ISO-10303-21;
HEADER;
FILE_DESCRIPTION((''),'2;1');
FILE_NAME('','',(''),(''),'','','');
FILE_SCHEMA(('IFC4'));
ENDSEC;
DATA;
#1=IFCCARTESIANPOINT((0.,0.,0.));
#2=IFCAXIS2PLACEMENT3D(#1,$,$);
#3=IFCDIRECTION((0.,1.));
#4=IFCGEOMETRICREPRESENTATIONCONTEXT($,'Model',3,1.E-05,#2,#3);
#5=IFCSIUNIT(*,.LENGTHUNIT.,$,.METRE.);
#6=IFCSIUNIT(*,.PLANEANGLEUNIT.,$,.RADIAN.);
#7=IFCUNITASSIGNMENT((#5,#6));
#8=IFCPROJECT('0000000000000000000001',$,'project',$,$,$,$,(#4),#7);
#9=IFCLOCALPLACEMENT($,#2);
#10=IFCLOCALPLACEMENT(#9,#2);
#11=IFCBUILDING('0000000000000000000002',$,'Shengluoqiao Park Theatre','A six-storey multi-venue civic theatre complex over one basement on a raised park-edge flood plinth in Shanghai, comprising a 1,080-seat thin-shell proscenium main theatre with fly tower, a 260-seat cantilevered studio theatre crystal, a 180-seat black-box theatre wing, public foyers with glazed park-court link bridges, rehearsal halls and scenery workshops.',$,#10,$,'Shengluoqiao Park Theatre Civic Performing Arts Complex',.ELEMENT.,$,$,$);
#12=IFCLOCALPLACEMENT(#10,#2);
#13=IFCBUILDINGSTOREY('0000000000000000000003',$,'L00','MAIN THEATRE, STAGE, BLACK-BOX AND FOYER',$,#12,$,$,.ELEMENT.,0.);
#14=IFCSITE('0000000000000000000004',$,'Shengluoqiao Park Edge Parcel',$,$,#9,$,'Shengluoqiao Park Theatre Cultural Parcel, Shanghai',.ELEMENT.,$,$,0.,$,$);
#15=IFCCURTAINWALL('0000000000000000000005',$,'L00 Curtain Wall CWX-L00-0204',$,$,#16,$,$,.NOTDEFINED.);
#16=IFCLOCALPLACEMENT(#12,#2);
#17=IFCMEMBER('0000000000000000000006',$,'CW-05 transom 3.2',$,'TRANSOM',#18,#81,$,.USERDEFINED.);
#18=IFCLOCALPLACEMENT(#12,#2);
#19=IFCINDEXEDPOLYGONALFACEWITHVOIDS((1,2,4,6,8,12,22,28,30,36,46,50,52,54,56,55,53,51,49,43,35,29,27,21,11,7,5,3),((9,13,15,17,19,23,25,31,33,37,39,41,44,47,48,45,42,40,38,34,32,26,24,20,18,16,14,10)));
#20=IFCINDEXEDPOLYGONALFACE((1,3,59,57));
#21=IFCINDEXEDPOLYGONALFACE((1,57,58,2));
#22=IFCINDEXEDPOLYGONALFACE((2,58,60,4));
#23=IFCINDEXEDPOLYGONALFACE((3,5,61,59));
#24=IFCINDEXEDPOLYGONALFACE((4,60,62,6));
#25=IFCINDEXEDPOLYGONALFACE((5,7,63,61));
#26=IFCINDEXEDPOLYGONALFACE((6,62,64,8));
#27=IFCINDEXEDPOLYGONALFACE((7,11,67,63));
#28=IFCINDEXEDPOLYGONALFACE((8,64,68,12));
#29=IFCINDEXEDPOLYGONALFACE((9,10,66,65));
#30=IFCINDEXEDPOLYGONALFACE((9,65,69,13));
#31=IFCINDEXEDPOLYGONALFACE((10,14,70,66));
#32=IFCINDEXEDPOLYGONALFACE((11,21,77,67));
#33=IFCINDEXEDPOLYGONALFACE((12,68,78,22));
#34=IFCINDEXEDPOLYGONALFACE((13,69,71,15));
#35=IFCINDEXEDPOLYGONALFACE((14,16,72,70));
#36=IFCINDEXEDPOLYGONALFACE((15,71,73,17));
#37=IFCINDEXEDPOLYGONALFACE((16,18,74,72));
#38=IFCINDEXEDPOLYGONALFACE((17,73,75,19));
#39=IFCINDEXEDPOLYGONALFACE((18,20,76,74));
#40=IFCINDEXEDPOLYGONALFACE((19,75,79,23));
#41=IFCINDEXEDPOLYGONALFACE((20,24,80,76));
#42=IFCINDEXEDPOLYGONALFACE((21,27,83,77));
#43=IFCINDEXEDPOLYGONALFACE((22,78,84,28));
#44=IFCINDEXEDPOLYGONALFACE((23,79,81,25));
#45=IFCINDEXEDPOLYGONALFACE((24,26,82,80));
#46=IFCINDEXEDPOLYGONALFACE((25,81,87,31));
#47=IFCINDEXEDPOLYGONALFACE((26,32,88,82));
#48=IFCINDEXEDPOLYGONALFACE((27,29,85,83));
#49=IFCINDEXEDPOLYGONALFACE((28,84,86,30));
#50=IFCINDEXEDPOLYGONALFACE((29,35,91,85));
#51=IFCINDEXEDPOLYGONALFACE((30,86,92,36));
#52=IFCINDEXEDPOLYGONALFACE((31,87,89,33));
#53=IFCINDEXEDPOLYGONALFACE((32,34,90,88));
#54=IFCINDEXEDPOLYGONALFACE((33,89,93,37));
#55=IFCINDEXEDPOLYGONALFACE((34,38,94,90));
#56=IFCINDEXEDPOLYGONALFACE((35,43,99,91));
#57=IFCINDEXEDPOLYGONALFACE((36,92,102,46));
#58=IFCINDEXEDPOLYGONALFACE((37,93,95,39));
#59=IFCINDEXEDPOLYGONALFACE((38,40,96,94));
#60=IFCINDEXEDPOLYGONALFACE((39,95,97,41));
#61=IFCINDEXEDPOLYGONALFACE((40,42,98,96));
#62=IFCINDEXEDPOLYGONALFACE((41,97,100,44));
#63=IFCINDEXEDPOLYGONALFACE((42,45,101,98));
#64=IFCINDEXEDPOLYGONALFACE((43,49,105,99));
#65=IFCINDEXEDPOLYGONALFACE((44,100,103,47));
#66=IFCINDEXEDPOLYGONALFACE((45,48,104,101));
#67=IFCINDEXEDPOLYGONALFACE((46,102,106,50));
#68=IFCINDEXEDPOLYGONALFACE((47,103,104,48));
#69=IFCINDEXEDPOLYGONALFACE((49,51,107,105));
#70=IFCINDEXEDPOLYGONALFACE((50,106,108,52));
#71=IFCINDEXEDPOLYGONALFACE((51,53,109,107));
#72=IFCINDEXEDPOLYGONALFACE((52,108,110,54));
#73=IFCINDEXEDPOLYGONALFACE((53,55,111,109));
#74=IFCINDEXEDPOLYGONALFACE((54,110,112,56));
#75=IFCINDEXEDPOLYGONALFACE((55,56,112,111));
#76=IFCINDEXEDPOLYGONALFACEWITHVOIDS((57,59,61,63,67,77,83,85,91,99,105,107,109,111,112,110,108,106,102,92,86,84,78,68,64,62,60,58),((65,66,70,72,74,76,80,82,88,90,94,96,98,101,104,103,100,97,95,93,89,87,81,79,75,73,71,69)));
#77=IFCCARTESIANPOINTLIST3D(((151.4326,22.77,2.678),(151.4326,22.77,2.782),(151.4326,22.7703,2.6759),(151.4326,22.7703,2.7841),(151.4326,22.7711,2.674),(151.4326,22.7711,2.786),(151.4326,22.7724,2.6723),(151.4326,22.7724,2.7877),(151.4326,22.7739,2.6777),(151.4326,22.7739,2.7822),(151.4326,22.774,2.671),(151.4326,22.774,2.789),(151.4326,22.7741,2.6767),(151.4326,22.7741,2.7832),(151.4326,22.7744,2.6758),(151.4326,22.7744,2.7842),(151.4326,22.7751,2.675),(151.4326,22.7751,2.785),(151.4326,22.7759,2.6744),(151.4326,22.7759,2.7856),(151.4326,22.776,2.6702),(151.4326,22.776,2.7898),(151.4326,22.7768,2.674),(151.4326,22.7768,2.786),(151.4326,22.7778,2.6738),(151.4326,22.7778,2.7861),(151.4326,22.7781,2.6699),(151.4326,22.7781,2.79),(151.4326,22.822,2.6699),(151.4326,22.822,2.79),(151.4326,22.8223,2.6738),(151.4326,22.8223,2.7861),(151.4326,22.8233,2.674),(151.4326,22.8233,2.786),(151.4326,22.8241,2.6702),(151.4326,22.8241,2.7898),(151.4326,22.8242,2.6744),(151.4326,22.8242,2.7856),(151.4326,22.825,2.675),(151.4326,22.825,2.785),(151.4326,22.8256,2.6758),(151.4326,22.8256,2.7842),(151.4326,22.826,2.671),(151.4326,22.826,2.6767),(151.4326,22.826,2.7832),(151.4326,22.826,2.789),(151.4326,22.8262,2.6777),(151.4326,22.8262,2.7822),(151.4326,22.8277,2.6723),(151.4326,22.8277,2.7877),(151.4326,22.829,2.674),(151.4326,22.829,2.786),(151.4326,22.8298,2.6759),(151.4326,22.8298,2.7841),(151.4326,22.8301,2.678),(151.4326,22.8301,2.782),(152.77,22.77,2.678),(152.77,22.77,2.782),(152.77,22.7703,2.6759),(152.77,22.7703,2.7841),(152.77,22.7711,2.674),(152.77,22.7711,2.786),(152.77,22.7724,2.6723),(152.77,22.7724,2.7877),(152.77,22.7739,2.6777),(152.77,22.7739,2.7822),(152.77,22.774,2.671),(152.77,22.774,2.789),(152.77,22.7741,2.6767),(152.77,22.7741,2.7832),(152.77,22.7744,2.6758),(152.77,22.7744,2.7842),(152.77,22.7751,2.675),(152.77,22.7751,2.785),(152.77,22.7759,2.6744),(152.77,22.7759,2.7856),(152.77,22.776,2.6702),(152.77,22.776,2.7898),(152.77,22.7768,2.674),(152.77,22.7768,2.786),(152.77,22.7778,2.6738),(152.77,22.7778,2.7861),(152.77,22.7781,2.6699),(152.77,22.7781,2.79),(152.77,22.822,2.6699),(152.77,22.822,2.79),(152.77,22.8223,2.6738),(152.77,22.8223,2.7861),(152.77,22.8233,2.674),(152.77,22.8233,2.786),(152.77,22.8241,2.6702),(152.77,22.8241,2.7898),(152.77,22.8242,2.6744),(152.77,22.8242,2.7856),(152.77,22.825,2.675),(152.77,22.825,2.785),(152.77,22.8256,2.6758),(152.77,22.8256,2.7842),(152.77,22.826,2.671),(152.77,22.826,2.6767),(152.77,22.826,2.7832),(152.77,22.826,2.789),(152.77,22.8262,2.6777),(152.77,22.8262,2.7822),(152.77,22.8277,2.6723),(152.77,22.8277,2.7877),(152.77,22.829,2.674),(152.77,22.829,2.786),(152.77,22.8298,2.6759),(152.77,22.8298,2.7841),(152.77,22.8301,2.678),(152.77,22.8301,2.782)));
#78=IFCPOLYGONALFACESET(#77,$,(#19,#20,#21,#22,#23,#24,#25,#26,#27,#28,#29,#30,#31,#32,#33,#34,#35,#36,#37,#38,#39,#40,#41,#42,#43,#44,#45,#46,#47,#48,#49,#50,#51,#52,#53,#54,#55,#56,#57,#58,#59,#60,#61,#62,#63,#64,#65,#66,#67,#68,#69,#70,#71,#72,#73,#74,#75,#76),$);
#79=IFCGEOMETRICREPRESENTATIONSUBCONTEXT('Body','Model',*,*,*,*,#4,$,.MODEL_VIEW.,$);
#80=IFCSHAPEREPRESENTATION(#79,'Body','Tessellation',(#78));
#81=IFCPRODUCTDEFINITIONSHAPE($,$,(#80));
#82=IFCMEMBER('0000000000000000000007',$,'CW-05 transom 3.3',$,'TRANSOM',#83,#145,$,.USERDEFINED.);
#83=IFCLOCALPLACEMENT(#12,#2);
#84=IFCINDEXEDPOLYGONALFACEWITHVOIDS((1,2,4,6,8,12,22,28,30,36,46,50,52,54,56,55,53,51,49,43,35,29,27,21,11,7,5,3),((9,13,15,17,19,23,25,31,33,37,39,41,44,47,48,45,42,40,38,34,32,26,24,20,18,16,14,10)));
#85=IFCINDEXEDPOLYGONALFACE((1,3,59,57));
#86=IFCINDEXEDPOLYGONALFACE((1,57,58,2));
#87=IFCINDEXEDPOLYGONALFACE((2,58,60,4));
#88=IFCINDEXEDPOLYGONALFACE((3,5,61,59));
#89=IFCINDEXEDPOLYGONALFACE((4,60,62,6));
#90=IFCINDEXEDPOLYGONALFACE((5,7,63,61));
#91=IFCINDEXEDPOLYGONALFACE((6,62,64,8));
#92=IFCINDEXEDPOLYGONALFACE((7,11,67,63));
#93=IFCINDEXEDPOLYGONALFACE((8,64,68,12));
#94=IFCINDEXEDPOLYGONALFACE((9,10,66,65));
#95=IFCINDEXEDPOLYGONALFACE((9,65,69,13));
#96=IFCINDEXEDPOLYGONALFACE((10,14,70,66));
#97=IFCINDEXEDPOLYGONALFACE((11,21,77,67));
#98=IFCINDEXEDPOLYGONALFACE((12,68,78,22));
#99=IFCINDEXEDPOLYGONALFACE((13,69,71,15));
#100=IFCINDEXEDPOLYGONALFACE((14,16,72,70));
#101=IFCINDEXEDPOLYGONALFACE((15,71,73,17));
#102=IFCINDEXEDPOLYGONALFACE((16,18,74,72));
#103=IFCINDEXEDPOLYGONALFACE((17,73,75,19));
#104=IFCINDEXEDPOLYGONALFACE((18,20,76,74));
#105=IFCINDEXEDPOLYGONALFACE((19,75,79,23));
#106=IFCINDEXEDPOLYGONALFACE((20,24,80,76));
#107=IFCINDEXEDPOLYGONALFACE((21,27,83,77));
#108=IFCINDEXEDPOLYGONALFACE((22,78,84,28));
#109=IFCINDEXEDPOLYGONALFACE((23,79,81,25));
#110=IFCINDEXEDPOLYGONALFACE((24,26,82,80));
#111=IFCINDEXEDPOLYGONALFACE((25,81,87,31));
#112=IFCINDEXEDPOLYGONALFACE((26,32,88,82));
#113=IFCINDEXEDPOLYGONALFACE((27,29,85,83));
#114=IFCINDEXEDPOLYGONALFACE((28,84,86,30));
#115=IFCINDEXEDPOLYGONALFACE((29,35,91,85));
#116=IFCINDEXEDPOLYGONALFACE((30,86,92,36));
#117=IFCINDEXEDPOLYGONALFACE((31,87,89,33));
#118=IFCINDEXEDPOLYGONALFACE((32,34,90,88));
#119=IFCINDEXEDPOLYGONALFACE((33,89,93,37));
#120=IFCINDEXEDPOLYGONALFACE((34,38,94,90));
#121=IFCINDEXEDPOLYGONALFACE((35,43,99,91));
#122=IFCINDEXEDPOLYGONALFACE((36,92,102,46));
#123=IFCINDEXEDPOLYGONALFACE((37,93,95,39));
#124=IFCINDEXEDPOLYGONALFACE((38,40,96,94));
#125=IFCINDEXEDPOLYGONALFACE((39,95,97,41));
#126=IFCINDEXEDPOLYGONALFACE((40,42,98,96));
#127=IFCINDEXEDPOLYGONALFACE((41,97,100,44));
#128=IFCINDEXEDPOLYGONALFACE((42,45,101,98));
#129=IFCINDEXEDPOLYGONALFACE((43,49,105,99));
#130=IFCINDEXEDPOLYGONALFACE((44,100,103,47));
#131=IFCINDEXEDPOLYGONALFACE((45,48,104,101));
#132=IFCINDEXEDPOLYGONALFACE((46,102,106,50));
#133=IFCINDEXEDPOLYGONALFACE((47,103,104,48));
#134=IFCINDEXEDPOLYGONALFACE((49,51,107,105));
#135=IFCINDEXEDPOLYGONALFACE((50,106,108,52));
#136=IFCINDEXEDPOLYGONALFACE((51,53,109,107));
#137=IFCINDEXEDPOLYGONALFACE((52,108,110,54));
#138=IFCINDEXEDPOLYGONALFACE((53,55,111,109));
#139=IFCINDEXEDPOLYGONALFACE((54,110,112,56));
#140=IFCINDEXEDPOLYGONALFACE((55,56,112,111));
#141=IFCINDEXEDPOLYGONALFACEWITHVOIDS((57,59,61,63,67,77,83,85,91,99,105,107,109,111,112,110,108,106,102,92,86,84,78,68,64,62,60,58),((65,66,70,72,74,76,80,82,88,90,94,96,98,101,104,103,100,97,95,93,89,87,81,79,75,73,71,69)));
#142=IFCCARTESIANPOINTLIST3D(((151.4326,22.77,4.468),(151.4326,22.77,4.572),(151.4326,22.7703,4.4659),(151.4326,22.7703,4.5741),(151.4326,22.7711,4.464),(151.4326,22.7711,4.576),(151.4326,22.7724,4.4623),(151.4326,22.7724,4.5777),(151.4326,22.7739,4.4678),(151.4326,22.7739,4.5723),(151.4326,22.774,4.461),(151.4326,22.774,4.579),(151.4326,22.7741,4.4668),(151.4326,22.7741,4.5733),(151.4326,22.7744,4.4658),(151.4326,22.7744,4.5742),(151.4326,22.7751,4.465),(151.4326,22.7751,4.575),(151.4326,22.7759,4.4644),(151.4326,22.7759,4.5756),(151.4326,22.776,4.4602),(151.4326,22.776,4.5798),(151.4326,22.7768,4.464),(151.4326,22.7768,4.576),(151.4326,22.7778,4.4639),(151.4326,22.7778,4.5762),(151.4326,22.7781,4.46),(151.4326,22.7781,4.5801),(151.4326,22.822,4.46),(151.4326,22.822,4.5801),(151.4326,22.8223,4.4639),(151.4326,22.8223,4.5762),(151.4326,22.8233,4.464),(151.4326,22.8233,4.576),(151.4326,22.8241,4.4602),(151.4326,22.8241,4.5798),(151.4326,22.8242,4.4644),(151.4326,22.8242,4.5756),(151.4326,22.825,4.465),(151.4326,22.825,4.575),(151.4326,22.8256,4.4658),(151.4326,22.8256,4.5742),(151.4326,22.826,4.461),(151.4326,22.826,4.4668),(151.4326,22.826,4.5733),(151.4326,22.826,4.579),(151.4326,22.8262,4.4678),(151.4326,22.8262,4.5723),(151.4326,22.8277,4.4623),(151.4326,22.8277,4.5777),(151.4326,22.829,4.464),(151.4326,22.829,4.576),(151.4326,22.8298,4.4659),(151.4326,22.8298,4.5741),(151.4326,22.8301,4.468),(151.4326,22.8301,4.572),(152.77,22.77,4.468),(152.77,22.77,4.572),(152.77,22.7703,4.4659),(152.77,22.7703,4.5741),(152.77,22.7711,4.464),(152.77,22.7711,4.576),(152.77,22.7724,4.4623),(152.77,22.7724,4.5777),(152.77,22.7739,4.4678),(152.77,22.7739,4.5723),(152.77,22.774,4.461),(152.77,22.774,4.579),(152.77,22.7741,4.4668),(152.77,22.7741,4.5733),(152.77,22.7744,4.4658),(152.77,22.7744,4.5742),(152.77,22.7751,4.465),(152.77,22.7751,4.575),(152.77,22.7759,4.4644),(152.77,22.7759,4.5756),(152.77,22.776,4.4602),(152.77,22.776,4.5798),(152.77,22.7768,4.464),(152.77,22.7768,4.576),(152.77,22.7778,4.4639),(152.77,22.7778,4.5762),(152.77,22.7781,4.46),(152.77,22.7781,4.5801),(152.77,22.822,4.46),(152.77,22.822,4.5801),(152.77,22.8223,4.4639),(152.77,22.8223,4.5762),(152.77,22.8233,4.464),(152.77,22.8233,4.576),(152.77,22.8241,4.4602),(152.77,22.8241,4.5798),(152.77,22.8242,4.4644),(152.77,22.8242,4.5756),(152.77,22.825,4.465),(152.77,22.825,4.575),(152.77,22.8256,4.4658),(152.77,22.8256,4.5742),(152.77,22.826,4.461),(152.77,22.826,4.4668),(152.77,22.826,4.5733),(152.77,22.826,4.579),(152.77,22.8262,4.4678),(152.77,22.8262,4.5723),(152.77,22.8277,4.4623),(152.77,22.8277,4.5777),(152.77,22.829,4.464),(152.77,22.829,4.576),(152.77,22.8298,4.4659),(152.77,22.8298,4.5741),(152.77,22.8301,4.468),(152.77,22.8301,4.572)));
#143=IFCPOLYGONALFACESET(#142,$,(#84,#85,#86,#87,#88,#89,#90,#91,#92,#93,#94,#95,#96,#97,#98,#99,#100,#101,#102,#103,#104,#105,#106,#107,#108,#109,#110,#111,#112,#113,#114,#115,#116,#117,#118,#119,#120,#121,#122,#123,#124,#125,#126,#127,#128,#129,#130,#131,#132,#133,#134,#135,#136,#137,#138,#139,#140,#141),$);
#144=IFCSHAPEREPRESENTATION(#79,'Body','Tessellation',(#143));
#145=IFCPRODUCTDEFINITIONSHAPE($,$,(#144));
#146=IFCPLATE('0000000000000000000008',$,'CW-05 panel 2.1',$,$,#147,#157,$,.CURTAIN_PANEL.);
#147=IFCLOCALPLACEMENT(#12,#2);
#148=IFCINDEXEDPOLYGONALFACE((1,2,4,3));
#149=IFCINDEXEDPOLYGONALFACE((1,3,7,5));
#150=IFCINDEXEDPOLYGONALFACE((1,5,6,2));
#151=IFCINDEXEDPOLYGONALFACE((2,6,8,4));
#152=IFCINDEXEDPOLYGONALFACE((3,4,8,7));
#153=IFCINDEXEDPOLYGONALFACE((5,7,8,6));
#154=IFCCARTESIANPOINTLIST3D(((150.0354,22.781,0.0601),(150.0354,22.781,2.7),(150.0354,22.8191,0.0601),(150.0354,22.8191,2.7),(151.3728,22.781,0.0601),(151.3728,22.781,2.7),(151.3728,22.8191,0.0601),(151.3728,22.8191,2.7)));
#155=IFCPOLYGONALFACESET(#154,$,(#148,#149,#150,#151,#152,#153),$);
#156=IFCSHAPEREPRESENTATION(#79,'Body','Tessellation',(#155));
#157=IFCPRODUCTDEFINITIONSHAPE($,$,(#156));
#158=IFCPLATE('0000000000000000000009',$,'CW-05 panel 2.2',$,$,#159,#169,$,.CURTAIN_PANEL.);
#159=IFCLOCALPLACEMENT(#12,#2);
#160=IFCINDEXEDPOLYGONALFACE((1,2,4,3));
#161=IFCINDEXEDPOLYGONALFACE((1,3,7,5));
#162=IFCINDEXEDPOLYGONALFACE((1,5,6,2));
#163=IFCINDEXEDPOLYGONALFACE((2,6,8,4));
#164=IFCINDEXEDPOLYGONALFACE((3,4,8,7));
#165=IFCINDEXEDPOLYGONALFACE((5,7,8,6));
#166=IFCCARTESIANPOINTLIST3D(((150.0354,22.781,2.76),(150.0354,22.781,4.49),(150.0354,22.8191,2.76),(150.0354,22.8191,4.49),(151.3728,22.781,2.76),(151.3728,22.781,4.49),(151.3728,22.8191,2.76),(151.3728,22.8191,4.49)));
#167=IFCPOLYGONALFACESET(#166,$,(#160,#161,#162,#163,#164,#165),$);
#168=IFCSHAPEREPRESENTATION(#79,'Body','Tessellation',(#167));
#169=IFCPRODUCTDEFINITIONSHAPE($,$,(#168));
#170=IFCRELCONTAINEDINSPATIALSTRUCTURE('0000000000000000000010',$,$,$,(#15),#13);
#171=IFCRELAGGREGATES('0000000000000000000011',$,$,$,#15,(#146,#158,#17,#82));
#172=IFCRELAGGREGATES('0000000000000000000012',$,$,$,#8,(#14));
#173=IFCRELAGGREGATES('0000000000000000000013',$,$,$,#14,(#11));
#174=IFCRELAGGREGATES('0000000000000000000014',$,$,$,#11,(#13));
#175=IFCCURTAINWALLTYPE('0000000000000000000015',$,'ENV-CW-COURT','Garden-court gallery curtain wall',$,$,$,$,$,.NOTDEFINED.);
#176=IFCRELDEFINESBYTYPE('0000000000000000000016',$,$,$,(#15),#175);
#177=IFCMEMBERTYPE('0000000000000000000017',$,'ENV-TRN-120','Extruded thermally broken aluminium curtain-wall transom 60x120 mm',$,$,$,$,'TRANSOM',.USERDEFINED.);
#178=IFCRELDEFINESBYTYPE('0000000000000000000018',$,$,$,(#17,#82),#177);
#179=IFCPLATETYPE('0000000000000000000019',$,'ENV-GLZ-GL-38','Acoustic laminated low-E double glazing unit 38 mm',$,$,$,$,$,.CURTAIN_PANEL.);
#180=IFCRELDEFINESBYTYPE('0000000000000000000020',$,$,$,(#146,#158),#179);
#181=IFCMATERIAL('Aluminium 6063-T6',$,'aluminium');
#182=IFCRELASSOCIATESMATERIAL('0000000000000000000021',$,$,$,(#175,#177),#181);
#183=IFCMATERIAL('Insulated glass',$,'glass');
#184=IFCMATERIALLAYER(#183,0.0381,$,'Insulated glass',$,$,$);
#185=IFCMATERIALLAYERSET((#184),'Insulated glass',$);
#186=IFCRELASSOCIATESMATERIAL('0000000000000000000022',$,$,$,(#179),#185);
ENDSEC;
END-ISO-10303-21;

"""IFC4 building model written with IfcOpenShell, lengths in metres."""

from ifc_helpers import new_model, si_unit, direction, frame, origin, origin_2d, place, context, subcontext, project, spatial, rectangle, hollow_rectangle, extrude, material, layer, layer_set, material_profile, profile_set, type_object, element, aggregate, save


model = new_model("IFC4")

# Units and contexts
model_context = context("Model", 3, precision=1e-05, world=origin(), true_north=direction((0.0, 1.0)))
body_context = subcontext(model_context, "Body", "Model", "MODEL_VIEW")
ifc_project = project(units=[si_unit("LENGTHUNIT", "METRE"), si_unit("PLANEANGLEUNIT", "RADIAN")], contexts=[model_context])

# Site, building, storey
site_placement = place(None, origin())
site = spatial("IfcSite", under=ifc_project, at=site_placement, Name="Shengluoqiao Park Edge Parcel", LongName="Shengluoqiao Park Theatre Cultural Parcel, Shanghai", CompositionType="ELEMENT", RefElevation=0.0)
building_placement = place(site_placement, origin())
building = spatial("IfcBuilding", under=site, at=building_placement, Name="Shengluoqiao Park Theatre", Description="A six-storey multi-venue civic theatre complex over one basement on a raised park-edge flood plinth in Shanghai, comprising a 1,080-seat thin-shell proscenium main theatre with fly tower, a 260-seat cantilevered studio theatre crystal, a 180-seat black-box theatre wing, public foyers with glazed park-court link bridges, rehearsal halls and scenery workshops.", LongName="Shengluoqiao Park Theatre Civic Performing Arts Complex", CompositionType="ELEMENT")
storey_placement = place(building_placement, origin())
storey = spatial("IfcBuildingStorey", under=building, at=storey_placement, Name="L00", Description="MAIN THEATRE, STAGE, BLACK-BOX AND FOYER", CompositionType="ELEMENT", Elevation=0.0)

# Curtain wall, members, plates
ifc_material_1 = material(Name="Aluminium 6063-T6", Category="aluminium")
curtain_wall_type = type_object("IfcCurtainWallType", Name="ENV-CW-COURT", Description="Garden-court gallery curtain wall", PredefinedType="NOTDEFINED", material=ifc_material_1)
curtain_wall_placement = place(storey_placement, origin())
curtain_wall = element("IfcCurtainWall", 1, at=curtain_wall_placement, inside=storey, type_object=curtain_wall_type, Name="L00 Curtain Wall CWX-L00-0204", PredefinedType="NOTDEFINED")
ifc_material_profile_1 = material_profile(ifc_material_1, hollow_rectangle(XDim=0.0601, YDim=0.1201, WallThickness=0.0039, InnerFilletRadius=0.0039, OuterFilletRadius=0.0081, at=origin_2d()), Name="ALU TRANSOM 120x60x4")
ifc_profile_set_1 = profile_set([ifc_material_profile_1], Name="Aluminium 6063-T6")
member_type_1 = type_object("IfcMemberType", Name="ENV-TRN-120", Description="Extruded thermally broken aluminium curtain-wall transom 60x120 mm", ElementType="TRANSOM", PredefinedType="USERDEFINED", material=ifc_profile_set_1)
member_1_placement = place(storey_placement, frame((151.4326, 22.8, 2.73), z_axis=(1.0, 0.0, 0.0), x_axis=(0.0, 1.0, 0.0)))
member_1 = element("IfcMember", 2, at=member_1_placement, type_object=member_type_1, Name="CW-05 transom 3.2", ObjectType="TRANSOM", PredefinedType="USERDEFINED", context=body_context, shape_type="SweptSolid", body=[
    extrude(hollow_rectangle(XDim=0.0601, YDim=0.1201, WallThickness=0.0039, InnerFilletRadius=0.0039, OuterFilletRadius=0.0081, at=origin_2d()), origin(), (0.0, 0.0, 1.0), 1.3374),
])
member_2_placement = place(storey_placement, frame((151.4326, 22.8, 4.52), z_axis=(1.0, 0.0, 0.0), x_axis=(0.0, 1.0, 0.0)))
member_2 = element("IfcMember", 3, at=member_2_placement, type_object=member_type_1, Name="CW-05 transom 3.3", ObjectType="TRANSOM", PredefinedType="USERDEFINED", context=body_context, shape_type="SweptSolid", body=[
    extrude(hollow_rectangle(XDim=0.0601, YDim=0.1201, WallThickness=0.0039, InnerFilletRadius=0.0039, OuterFilletRadius=0.0081, at=origin_2d()), origin(), (0.0, 0.0, 1.0), 1.3374),
])
ifc_material_2 = material(Name="Insulated glass", Category="glass")
ifc_layer = layer(ifc_material_2, 0.0381, Name="Insulated glass")
ifc_layer_set = layer_set([ifc_layer], Name="Insulated glass")
plate_type = type_object("IfcPlateType", Name="ENV-GLZ-GL-38", Description="Acoustic laminated low-E double glazing unit 38 mm", PredefinedType="CURTAIN_PANEL", material=ifc_layer_set)
plate_1_placement = place(storey_placement, frame((150.7041, 22.8, 0.0601), z_axis=(0.0, 0.0, 1.0), x_axis=(1.0, 0.0, 0.0)))
plate_1 = element("IfcPlate", 4, at=plate_1_placement, type_object=plate_type, Name="CW-05 panel 2.1", PredefinedType="CURTAIN_PANEL", context=body_context, shape_type="SweptSolid", body=[
    extrude(rectangle(XDim=1.3374, YDim=0.0381, at=origin_2d()), origin(), (0.0, 0.0, 1.0), 2.6399),
])
plate_2_placement = place(storey_placement, frame((150.7041, 22.8, 2.76), z_axis=(0.0, 0.0, 1.0), x_axis=(1.0, 0.0, 0.0)))
plate_2 = element("IfcPlate", 5, at=plate_2_placement, type_object=plate_type, Name="CW-05 panel 2.2", PredefinedType="CURTAIN_PANEL", context=body_context, shape_type="SweptSolid", body=[
    extrude(rectangle(XDim=1.3374, YDim=0.0381, at=origin_2d()), origin(), (0.0, 0.0, 1.0), 1.73),
])
aggregate(curtain_wall, [plate_1, plate_2, member_1, member_2])

save(model, "model.ifc")
